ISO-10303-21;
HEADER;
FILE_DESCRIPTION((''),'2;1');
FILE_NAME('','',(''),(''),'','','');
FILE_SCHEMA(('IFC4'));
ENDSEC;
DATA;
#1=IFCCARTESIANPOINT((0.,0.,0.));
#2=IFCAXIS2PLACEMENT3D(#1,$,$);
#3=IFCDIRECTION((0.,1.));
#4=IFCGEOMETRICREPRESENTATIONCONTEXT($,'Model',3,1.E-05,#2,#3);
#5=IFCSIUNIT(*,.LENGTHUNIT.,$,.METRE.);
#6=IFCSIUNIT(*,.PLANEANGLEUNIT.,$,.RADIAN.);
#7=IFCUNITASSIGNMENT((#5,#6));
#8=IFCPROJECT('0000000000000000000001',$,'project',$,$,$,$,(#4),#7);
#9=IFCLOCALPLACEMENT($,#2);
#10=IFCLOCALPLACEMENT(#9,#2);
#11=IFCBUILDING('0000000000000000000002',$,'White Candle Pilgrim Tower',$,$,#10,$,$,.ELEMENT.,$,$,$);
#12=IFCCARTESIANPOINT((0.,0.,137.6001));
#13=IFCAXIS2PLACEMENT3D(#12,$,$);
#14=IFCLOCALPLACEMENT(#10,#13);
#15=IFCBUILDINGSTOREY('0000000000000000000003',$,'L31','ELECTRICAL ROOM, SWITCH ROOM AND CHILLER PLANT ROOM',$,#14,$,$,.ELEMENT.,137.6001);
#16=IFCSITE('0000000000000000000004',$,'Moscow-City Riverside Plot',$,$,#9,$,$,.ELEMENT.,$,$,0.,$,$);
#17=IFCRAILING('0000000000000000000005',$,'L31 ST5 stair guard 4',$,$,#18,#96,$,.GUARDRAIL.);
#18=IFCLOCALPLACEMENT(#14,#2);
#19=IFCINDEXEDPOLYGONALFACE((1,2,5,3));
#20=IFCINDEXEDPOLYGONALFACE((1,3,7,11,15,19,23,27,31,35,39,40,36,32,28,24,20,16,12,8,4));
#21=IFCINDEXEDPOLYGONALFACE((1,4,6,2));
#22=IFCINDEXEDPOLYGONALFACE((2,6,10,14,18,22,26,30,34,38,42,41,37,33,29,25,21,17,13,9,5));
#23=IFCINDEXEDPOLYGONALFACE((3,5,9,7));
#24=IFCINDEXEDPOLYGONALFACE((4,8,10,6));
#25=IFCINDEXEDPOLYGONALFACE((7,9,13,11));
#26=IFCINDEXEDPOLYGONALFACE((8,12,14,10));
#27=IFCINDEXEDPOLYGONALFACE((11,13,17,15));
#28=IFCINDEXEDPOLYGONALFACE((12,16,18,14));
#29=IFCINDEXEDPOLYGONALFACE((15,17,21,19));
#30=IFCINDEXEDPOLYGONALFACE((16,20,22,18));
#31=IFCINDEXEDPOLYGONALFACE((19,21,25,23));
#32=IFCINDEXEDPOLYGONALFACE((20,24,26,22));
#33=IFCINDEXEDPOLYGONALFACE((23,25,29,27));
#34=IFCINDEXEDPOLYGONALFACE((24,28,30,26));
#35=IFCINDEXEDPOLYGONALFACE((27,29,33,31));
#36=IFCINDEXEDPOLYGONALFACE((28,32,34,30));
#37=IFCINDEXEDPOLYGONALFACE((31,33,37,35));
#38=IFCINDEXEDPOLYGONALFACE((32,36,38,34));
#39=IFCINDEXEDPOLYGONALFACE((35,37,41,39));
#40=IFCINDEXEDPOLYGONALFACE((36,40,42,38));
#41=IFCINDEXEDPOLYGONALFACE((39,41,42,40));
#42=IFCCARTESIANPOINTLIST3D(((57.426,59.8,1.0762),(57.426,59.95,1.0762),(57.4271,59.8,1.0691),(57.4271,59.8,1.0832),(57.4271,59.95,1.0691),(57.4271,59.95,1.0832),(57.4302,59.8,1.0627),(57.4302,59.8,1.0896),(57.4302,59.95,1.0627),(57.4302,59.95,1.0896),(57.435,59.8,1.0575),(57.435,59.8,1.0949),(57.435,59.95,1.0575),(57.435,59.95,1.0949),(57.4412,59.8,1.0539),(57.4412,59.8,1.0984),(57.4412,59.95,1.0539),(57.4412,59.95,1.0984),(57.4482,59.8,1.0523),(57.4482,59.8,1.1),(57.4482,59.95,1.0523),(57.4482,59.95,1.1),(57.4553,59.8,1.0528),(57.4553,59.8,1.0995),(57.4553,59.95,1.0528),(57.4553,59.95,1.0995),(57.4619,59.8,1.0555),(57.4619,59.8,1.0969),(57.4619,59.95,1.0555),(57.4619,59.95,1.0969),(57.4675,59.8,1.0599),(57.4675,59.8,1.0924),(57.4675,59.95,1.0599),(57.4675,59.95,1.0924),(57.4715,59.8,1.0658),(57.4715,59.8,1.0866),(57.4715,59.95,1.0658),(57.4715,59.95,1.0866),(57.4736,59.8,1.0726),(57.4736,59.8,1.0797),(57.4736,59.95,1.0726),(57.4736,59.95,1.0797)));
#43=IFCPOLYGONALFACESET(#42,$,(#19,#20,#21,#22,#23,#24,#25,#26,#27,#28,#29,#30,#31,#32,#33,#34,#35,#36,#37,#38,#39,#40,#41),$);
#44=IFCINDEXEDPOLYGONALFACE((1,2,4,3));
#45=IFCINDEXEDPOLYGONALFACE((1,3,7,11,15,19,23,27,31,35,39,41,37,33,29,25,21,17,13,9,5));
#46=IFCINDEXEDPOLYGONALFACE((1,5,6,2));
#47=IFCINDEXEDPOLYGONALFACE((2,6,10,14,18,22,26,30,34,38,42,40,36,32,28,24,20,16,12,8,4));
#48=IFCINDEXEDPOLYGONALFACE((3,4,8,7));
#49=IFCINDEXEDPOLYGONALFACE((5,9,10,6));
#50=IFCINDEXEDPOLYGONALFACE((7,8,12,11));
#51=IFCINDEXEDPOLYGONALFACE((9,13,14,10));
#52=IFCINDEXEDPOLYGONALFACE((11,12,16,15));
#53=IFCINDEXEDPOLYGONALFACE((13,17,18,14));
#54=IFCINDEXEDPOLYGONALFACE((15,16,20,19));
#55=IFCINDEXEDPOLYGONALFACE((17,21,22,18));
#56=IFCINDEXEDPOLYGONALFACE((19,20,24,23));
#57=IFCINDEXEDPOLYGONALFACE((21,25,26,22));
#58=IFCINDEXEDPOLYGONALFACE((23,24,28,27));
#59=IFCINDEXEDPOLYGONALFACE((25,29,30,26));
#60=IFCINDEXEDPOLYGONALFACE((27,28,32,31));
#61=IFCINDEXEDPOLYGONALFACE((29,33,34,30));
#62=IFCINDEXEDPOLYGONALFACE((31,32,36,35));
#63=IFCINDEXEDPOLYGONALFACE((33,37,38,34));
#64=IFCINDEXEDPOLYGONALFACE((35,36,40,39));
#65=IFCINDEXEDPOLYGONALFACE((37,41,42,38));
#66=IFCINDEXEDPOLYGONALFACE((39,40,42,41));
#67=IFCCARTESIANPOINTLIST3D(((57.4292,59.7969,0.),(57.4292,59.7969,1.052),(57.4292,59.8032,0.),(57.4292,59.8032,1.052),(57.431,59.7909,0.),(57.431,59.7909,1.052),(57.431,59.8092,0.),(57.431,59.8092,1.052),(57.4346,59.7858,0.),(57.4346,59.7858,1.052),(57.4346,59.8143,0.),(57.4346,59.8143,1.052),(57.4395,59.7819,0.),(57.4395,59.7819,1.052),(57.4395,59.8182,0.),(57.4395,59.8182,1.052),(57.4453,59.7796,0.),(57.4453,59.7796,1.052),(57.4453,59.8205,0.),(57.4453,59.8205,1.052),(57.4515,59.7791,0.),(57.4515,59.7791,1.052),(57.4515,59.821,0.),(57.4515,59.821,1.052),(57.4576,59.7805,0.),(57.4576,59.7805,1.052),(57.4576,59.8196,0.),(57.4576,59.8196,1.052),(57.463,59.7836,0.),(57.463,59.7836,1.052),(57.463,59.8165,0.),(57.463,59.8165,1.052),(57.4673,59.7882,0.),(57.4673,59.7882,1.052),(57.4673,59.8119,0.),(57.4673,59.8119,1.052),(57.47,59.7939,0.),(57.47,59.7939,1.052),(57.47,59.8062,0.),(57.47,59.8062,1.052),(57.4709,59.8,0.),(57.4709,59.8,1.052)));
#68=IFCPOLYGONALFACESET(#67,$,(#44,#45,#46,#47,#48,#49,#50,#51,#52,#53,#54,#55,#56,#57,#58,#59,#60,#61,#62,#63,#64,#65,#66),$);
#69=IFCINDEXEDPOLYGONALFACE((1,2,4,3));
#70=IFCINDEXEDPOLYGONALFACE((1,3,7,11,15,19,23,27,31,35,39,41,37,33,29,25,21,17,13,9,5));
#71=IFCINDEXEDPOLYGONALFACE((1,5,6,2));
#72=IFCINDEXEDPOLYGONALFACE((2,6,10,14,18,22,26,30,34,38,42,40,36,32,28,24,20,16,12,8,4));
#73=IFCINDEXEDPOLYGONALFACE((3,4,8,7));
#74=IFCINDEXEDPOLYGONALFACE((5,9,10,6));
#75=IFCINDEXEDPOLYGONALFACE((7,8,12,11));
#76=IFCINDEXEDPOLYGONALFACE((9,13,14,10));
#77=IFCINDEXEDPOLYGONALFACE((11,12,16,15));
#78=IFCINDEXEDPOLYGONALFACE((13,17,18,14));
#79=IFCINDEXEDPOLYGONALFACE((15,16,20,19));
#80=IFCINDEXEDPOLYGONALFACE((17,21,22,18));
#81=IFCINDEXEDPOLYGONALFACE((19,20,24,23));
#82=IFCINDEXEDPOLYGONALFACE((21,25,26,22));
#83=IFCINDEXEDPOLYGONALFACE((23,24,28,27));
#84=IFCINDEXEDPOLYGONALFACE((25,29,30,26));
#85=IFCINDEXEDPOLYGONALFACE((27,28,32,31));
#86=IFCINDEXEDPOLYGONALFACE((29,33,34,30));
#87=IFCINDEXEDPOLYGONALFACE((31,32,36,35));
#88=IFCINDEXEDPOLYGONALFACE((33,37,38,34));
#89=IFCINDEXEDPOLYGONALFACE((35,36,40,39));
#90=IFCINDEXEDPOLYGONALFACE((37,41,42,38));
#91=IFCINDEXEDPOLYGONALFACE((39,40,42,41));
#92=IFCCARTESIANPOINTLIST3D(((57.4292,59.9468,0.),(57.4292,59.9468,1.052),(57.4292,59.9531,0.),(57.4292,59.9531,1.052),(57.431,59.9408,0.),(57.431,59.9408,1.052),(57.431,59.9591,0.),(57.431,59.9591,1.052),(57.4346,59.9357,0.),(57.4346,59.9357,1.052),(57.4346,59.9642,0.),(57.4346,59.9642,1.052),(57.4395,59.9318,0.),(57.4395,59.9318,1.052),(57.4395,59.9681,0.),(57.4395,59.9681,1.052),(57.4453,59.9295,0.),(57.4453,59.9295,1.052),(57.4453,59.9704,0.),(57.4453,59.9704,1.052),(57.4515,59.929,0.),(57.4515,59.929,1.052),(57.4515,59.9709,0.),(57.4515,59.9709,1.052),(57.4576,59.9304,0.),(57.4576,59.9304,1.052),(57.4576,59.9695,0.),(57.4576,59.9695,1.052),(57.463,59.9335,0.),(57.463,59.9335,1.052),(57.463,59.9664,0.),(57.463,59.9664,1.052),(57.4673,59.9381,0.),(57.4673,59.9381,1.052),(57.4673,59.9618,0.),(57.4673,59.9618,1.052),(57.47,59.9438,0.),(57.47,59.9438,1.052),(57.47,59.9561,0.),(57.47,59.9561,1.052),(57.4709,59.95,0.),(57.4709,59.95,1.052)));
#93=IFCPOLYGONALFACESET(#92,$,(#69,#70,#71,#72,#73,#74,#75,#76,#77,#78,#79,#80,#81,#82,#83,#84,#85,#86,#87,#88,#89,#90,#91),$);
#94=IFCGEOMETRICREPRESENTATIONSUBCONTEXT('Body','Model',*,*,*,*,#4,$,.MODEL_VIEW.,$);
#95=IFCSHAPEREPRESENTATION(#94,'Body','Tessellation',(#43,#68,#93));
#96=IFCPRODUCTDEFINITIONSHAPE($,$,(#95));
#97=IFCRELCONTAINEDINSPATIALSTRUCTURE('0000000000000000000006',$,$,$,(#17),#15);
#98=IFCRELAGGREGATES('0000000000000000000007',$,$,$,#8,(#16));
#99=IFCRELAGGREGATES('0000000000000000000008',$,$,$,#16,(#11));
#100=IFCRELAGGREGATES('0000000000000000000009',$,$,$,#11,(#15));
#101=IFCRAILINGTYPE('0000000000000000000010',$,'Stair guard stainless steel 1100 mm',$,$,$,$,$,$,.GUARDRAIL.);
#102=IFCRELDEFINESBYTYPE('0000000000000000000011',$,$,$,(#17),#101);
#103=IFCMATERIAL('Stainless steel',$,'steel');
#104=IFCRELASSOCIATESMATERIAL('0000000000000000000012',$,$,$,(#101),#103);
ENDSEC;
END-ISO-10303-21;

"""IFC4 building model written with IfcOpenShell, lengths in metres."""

from ifc_helpers import new_model, si_unit, direction, frame, origin, origin_2d, place, context, subcontext, project, spatial, circle, extrude, material, type_object, element, save


model = new_model("IFC4")

# Units and contexts
model_context = context("Model", 3, precision=1e-05, world=origin(), true_north=direction((0.0, 1.0)))
body_context = subcontext(model_context, "Body", "Model", "MODEL_VIEW")
ifc_project = project(units=[si_unit("LENGTHUNIT", "METRE"), si_unit("PLANEANGLEUNIT", "RADIAN")], contexts=[model_context])

# Site, building, storey
site_placement = place(None, origin())
site = spatial("IfcSite", under=ifc_project, at=site_placement, Name="Moscow-City Riverside Plot", CompositionType="ELEMENT", RefElevation=0.0)
building_placement = place(site_placement, origin())
building = spatial("IfcBuilding", under=site, at=building_placement, Name="White Candle Pilgrim Tower", CompositionType="ELEMENT")
storey_placement = place(building_placement, frame((0.0, 0.0, 137.6001)))
storey = spatial("IfcBuildingStorey", under=building, at=storey_placement, Name="L31", Description="ELECTRICAL ROOM, SWITCH ROOM AND CHILLER PLANT ROOM", CompositionType="ELEMENT", Elevation=137.6001)

# Railing
ifc_material_1 = material(Name="Stainless steel", Category="steel")
railing_type_1 = type_object("IfcRailingType", Name="Stair guard stainless steel 1100 mm", PredefinedType="GUARDRAIL", material=ifc_material_1)
railing_1_placement = place(storey_placement, frame((57.45, 59.8, 0.0)))
element("IfcRailing", 1, at=railing_1_placement, inside=storey, type_object=railing_type_1, Name="L31 ST5 stair guard 4", PredefinedType="GUARDRAIL", context=body_context, shape_type="SweptSolid", body=[
    extrude(circle(Radius=0.0239, at=origin_2d()), frame((0.0, 0.0, 1.0762), z_axis=(0.0, 1.0, 0.0), x_axis=(-1.0, 0.0, 0.0)), (0.0, 0.0, 1.0), 0.1499),
    extrude(circle(Radius=0.021, at=origin_2d()), origin(), (0.0, 0.0, 1.0), 1.052),
    extrude(circle(Radius=0.021, at=origin_2d()), frame((0.0, 0.1499, 0.0)), (0.0, 0.0, 1.0), 1.052),
])

save(model, "model.ifc")
